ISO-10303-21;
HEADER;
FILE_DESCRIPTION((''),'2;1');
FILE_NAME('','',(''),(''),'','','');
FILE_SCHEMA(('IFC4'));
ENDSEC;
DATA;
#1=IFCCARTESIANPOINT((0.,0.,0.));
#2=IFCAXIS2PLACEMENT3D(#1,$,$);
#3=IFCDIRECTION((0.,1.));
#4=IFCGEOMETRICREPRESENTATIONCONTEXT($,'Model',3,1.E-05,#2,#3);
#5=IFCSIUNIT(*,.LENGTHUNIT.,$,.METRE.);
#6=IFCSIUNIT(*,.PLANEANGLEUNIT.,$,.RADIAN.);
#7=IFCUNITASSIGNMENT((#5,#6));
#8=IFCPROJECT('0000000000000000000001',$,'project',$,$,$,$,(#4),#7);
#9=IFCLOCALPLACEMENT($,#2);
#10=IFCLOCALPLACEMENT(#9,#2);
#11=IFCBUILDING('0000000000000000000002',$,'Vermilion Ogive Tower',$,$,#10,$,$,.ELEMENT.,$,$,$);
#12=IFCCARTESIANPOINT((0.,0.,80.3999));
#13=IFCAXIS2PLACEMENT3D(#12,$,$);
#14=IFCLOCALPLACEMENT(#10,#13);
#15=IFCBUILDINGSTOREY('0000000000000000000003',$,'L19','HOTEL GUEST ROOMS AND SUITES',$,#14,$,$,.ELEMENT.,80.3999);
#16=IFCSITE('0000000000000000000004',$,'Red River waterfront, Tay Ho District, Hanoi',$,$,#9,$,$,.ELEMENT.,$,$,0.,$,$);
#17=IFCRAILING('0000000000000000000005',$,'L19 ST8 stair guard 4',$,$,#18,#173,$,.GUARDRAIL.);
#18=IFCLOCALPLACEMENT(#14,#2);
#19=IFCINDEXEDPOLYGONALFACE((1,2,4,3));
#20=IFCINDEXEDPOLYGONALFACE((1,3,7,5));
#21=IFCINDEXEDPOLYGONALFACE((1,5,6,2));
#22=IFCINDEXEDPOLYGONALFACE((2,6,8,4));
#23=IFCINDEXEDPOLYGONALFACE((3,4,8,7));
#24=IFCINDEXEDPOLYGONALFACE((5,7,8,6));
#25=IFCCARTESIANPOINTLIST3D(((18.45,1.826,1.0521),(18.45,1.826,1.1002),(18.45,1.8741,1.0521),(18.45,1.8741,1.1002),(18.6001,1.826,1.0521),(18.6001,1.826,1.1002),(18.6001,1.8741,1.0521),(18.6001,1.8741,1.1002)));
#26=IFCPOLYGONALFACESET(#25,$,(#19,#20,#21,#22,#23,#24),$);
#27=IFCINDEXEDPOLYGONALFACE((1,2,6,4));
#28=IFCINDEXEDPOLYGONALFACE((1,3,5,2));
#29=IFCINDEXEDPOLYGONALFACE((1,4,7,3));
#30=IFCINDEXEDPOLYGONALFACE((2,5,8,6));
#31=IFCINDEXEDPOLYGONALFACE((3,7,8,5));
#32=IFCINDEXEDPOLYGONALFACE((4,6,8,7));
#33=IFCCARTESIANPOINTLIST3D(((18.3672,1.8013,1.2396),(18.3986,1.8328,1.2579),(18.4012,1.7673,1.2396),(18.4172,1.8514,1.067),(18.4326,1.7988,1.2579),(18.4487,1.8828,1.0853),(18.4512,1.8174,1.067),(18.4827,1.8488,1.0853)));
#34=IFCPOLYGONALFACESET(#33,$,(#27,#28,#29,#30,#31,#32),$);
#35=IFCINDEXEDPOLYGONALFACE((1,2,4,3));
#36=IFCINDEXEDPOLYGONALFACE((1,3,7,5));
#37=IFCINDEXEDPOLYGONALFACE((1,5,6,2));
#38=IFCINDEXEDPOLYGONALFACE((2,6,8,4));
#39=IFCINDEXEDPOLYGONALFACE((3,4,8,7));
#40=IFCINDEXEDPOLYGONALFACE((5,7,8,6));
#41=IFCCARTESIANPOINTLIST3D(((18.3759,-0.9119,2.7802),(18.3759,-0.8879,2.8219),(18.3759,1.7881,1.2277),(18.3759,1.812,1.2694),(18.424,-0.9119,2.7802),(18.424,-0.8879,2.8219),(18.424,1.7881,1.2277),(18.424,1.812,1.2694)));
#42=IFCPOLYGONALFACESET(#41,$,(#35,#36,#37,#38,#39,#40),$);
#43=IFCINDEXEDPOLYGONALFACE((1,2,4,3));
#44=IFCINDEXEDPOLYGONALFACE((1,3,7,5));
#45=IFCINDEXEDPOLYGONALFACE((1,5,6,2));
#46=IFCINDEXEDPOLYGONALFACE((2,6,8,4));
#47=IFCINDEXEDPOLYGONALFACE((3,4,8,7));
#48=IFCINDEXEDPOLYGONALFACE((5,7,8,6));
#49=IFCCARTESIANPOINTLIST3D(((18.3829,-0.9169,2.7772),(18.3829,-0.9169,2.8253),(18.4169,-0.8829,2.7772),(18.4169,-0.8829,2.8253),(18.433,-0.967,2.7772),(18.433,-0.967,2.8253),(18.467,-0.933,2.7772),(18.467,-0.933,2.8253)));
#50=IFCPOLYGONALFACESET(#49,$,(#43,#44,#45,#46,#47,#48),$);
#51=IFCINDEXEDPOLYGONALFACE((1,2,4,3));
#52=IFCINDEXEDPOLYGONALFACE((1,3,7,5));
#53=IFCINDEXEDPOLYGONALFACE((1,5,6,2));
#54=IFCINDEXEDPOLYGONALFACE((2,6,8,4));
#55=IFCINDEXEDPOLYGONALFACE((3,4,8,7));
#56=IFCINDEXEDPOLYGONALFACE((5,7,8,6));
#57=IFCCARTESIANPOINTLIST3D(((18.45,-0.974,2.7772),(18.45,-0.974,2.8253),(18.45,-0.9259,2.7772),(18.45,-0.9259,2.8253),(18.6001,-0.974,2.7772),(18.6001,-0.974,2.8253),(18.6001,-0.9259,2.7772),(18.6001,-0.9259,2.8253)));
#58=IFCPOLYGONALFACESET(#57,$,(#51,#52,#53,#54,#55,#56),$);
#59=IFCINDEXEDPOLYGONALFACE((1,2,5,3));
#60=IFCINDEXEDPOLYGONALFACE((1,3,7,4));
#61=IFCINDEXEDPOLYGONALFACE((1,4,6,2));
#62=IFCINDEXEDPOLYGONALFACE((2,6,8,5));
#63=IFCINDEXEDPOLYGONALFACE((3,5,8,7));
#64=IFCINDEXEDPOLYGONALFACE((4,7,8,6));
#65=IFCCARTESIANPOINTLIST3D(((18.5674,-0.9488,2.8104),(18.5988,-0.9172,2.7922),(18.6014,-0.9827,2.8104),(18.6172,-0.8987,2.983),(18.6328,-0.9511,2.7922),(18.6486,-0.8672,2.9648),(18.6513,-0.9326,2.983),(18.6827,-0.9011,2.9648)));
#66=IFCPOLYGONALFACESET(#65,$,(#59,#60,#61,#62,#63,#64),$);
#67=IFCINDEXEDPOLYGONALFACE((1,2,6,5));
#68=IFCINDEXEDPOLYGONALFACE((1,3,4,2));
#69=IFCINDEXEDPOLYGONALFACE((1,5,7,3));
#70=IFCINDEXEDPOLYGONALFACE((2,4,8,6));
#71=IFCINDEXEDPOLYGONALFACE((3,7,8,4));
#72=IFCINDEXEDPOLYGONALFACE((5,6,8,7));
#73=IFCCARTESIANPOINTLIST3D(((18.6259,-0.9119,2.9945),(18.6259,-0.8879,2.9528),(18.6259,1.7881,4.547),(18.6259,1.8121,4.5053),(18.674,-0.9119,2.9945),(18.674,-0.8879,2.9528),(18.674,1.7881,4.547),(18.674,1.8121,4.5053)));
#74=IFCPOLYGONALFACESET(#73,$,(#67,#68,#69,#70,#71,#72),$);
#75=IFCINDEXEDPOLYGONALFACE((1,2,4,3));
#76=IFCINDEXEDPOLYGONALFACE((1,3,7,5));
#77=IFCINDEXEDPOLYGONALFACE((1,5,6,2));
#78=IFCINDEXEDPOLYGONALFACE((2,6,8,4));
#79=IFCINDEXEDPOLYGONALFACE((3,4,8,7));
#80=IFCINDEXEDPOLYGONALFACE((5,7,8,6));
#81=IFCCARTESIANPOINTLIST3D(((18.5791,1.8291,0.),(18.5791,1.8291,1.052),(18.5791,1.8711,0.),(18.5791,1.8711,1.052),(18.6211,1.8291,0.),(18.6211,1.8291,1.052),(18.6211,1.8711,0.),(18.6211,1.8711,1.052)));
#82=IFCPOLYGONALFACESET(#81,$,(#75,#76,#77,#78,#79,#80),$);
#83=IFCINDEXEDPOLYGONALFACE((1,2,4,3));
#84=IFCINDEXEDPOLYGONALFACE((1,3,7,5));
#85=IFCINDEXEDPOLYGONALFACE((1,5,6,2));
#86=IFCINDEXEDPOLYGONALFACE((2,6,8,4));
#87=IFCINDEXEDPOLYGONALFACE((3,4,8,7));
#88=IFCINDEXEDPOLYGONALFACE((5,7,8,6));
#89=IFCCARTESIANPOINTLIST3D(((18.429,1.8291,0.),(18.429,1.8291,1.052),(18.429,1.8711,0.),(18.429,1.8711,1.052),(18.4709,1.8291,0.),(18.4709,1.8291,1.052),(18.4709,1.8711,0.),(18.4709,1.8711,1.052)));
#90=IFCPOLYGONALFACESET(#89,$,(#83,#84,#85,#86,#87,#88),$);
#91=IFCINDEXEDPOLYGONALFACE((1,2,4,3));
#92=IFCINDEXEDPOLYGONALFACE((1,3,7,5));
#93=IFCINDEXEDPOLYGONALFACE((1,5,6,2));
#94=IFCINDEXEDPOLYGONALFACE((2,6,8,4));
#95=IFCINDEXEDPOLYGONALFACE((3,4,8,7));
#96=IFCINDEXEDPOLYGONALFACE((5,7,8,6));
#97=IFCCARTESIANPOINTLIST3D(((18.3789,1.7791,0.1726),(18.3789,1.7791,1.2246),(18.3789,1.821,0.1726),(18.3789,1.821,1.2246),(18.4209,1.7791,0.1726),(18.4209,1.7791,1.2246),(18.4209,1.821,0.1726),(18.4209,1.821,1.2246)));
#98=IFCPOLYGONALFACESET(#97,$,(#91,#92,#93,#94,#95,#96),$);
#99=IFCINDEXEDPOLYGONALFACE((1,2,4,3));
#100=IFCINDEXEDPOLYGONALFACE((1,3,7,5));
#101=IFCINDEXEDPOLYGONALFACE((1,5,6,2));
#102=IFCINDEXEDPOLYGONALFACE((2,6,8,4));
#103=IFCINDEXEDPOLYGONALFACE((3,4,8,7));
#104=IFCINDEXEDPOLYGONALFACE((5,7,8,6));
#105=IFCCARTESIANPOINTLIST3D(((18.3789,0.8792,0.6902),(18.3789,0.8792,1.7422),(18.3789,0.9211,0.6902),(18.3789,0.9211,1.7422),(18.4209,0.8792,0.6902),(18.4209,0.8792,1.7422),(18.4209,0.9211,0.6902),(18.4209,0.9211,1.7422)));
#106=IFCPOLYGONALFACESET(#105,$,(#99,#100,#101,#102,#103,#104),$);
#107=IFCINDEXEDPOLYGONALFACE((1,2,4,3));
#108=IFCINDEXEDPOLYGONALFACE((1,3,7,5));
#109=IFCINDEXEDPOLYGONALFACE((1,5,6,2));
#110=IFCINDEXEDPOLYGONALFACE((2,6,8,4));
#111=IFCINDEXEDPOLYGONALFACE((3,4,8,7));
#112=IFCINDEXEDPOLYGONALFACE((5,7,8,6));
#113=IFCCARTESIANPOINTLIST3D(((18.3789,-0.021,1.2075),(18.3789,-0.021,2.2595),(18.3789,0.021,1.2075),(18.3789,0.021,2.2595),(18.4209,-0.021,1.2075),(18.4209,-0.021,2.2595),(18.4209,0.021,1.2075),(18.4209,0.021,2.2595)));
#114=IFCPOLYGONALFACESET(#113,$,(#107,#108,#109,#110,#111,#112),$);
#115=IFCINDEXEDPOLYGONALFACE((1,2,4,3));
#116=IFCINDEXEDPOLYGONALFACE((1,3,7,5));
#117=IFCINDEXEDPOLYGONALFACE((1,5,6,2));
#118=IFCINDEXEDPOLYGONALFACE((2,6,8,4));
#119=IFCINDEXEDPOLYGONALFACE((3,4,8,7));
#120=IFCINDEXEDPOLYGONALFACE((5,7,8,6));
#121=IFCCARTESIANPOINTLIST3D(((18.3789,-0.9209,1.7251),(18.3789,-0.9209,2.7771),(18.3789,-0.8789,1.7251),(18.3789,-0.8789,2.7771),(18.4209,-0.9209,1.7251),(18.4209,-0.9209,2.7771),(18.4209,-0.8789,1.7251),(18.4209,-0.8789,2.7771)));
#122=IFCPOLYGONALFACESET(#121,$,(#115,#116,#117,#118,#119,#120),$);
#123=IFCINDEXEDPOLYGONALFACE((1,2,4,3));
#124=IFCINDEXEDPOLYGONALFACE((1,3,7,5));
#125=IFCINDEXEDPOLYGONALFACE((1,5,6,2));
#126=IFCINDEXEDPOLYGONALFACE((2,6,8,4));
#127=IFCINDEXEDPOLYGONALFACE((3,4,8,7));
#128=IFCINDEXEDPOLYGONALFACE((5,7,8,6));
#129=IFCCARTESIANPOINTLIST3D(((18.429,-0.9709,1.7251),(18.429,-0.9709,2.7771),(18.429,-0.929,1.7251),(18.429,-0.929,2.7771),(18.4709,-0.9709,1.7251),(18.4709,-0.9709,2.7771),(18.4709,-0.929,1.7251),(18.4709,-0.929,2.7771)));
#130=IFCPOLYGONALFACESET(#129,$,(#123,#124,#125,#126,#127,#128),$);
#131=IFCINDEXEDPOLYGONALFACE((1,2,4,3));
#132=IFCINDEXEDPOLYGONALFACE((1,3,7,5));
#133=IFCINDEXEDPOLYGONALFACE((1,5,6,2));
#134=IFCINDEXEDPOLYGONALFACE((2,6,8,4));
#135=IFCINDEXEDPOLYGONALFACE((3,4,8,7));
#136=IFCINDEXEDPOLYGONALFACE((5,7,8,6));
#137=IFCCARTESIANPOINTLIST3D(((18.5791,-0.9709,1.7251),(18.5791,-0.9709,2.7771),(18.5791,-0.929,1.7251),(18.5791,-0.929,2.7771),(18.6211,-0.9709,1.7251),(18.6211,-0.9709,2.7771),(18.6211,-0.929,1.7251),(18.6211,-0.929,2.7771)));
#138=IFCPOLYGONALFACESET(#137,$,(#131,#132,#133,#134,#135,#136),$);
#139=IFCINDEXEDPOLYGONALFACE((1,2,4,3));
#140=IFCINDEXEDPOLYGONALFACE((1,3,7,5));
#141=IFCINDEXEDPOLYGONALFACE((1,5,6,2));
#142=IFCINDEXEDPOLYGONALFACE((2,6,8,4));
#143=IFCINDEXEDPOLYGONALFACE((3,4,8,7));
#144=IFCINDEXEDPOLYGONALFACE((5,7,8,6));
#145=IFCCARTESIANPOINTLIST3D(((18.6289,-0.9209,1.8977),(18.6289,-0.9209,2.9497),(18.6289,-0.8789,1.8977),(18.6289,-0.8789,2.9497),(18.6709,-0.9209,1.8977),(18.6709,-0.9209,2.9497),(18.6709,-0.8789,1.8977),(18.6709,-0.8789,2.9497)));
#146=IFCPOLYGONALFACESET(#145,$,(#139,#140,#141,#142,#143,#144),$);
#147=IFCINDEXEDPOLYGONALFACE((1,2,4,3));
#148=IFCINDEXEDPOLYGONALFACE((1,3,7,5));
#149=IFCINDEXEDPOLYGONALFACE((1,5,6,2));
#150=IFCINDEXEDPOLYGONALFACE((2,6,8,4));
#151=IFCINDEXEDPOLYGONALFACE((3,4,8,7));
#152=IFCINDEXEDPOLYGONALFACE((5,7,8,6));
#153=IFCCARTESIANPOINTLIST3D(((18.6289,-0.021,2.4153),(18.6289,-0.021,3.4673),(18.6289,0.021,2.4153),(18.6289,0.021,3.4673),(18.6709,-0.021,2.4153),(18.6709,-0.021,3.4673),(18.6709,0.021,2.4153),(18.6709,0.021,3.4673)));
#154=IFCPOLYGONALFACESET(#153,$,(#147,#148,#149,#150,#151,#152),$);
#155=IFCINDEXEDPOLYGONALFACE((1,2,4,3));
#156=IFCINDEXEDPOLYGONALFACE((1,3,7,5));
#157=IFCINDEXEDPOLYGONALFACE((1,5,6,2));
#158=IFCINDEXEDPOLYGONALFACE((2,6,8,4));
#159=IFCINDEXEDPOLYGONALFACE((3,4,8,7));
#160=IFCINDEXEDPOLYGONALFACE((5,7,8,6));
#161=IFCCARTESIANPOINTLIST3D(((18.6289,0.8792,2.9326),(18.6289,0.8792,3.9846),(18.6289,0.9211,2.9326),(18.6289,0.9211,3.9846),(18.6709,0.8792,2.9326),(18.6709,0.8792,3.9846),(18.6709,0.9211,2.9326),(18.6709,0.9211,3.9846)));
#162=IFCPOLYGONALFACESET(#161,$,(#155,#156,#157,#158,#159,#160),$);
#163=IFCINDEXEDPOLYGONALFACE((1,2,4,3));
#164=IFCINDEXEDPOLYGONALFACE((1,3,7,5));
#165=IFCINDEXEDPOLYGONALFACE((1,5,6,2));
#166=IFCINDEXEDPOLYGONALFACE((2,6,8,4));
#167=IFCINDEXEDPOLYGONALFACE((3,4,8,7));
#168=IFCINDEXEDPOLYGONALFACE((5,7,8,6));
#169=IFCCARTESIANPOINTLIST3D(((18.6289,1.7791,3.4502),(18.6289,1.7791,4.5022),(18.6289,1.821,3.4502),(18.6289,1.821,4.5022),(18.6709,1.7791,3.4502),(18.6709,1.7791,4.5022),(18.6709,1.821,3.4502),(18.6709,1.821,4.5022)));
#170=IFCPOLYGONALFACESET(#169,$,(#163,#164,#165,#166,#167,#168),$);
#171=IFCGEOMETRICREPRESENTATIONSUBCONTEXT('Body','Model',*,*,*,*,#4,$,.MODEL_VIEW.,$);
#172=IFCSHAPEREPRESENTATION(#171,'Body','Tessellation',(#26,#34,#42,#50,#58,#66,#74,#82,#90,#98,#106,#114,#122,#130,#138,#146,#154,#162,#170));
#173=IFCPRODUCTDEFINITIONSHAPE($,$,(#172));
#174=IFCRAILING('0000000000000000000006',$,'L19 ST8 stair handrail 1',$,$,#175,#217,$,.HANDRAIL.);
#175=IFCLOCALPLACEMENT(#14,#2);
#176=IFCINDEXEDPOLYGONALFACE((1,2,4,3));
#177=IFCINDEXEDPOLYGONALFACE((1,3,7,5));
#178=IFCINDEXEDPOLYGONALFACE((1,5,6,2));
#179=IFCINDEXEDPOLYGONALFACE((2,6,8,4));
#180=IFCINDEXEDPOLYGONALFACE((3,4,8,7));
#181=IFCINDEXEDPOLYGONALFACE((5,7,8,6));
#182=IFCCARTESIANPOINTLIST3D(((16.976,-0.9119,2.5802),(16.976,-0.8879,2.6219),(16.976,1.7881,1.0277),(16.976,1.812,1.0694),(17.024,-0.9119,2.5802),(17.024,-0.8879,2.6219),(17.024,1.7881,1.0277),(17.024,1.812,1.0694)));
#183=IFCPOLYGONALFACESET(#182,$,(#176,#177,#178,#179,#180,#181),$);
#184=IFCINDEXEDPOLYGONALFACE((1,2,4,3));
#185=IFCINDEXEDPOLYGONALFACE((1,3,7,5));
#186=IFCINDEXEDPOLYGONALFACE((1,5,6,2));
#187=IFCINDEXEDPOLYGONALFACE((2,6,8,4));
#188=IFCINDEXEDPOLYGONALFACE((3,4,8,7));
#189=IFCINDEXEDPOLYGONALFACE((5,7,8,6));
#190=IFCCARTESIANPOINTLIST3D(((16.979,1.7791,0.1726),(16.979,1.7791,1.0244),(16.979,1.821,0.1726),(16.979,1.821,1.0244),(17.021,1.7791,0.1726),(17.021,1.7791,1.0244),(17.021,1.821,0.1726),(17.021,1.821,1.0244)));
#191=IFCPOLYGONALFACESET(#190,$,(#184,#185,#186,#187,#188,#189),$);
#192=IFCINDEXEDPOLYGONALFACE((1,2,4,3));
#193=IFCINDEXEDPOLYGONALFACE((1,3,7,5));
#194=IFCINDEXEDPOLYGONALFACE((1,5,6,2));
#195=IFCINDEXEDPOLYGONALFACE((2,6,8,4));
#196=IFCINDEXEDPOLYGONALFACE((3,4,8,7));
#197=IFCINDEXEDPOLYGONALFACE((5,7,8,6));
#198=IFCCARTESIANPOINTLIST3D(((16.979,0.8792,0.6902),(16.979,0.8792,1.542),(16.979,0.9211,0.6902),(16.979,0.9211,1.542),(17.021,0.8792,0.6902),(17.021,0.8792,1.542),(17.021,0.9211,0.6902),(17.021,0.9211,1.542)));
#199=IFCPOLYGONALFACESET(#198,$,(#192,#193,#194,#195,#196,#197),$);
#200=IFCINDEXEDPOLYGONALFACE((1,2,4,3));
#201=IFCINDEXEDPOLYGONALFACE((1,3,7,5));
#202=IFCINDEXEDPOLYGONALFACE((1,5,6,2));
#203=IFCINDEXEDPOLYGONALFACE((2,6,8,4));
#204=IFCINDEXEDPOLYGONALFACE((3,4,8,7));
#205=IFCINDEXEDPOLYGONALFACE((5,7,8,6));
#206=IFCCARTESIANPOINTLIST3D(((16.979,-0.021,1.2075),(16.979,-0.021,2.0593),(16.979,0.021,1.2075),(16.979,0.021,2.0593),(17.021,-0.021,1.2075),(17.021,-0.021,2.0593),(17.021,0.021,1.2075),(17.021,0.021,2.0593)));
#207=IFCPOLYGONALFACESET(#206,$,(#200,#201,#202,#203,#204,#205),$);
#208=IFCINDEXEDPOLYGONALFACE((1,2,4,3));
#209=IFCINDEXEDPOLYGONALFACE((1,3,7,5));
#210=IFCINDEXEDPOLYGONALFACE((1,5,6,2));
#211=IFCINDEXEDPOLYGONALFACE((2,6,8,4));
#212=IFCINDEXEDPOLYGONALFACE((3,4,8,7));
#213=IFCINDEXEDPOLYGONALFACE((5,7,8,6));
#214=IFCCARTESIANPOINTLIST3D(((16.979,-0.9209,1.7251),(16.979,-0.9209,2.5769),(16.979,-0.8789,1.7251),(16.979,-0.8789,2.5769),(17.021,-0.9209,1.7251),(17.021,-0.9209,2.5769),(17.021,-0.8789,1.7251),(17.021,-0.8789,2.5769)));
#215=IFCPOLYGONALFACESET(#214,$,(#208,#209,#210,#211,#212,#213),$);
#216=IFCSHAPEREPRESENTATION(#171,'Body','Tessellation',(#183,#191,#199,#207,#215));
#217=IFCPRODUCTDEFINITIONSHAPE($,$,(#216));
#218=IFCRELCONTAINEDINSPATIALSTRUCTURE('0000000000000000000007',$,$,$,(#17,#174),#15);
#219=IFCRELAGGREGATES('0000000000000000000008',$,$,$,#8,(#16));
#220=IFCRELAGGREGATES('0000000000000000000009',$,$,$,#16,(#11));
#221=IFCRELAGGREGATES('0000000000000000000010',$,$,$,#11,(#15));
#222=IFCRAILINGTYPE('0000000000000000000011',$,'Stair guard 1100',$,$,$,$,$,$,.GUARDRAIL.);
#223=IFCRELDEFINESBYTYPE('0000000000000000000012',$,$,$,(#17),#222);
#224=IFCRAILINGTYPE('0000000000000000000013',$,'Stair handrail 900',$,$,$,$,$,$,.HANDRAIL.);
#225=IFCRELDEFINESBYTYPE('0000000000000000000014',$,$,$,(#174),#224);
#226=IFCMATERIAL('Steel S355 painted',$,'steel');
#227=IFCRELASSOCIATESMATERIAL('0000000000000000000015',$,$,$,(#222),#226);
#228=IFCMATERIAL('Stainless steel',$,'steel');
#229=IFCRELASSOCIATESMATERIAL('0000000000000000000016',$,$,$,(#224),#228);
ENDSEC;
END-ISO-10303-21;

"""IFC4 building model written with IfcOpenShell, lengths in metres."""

from ifc_helpers import new_model, si_unit, direction, frame, origin, origin_2d, place, context, subcontext, project, spatial, rectangle, extrude, material, type_object, element, save


model = new_model("IFC4")

# Units and contexts
model_context = context("Model", 3, precision=1e-05, world=origin(), true_north=direction((0.0, 1.0)))
body_context = subcontext(model_context, "Body", "Model", "MODEL_VIEW")
ifc_project = project(units=[si_unit("LENGTHUNIT", "METRE"), si_unit("PLANEANGLEUNIT", "RADIAN")], contexts=[model_context])

# Site, building, storey
site_placement = place(None, origin())
site = spatial("IfcSite", under=ifc_project, at=site_placement, Name="Red River waterfront, Tay Ho District, Hanoi", CompositionType="ELEMENT", RefElevation=0.0)
building_placement = place(site_placement, origin())
building = spatial("IfcBuilding", under=site, at=building_placement, Name="Vermilion Ogive Tower", CompositionType="ELEMENT")
storey_placement = place(building_placement, frame((0.0, 0.0, 80.3999)))
storey = spatial("IfcBuildingStorey", under=building, at=storey_placement, Name="L19", Description="HOTEL GUEST ROOMS AND SUITES", CompositionType="ELEMENT", Elevation=80.3999)

# Railings
ifc_material_1 = material(Name="Steel S355 painted", Category="steel")
railing_type_1 = type_object("IfcRailingType", Name="Stair guard 1100", PredefinedType="GUARDRAIL", material=ifc_material_1)
railing_1_placement = place(storey_placement, frame((18.6001, 1.8501, 0.0)))
element("IfcRailing", 1, at=railing_1_placement, inside=storey, type_object=railing_type_1, Name="L19 ST8 stair guard 4", PredefinedType="GUARDRAIL", context=body_context, shape_type="SweptSolid", body=[
    extrude(rectangle(XDim=0.0481, YDim=0.0481, at=origin_2d()), frame((0.0, 0.0, 1.0762), z_axis=(-1.0, 0.0, 0.0), x_axis=(0.0, -1.0, 0.0)), (0.0, 0.0, 1.0), 0.1501),
    extrude(rectangle(XDim=0.0481, YDim=0.0481, at=origin_2d()), frame((-0.1501, 0.0, 1.0762), z_axis=(-0.268278, -0.268278, 0.925232), x_axis=(0.707107, -0.707107, 0.0)), (0.0, 0.0, 1.0), 0.1865),
    extrude(rectangle(XDim=0.0481, YDim=0.0481, at=origin_2d()), frame((-0.2002, -0.05, 1.2485), z_axis=(0.0, -0.866904, 0.498476), x_axis=(1.0, 0.0, 0.0)), (0.0, 0.0, 1.0), 3.1145),
    extrude(rectangle(XDim=0.0481, YDim=0.0481, at=origin_2d()), frame((-0.2002, -2.75, 2.8013), z_axis=(0.707107, -0.707107, 0.0), x_axis=(0.707107, 0.707107, 0.0)), (0.0, 0.0, 1.0), 0.0708),
    extrude(rectangle(XDim=0.0481, YDim=0.0481, at=origin_2d()), frame((-0.1501, -2.8, 2.8013), z_axis=(1.0, 0.0, 0.0), x_axis=(0.0, 1.0, 0.0)), (0.0, 0.0, 1.0), 0.1501),
    extrude(rectangle(XDim=0.0481, YDim=0.0481, at=origin_2d()), frame((0.0, -2.8, 2.8013), z_axis=(0.267063, 0.268372, 0.925556), x_axis=(-0.708834, 0.705376, 0.0)), (0.0, 0.0, 1.0), 0.1865),
    extrude(rectangle(XDim=0.0481, YDim=0.0481, at=origin_2d()), frame((0.0498, -2.75, 2.9736), z_axis=(0.0, 0.866904, 0.498476), x_axis=(-1.0, 0.0, 0.0)), (0.0, 0.0, 1.0), 3.1145),
    extrude(rectangle(XDim=0.042, YDim=0.042, at=origin_2d()), origin(), (0.0, 0.0, 1.0), 1.052),
    extrude(rectangle(XDim=0.042, YDim=0.042, at=origin_2d()), frame((-0.1501, 0.0, 0.0)), (0.0, 0.0, 1.0), 1.052),
    extrude(rectangle(XDim=0.042, YDim=0.042, at=origin_2d()), frame((-0.2002, -0.05, 0.1726)), (0.0, 0.0, 1.0), 1.052),
    extrude(rectangle(XDim=0.042, YDim=0.042, at=origin_2d()), frame((-0.2002, -0.95, 0.6902)), (0.0, 0.0, 1.0), 1.052),
    extrude(rectangle(XDim=0.042, YDim=0.042, at=origin_2d()), frame((-0.2002, -1.8501, 1.2075)), (0.0, 0.0, 1.0), 1.052),
    extrude(rectangle(XDim=0.042, YDim=0.042, at=origin_2d()), frame((-0.2002, -2.75, 1.7251)), (0.0, 0.0, 1.0), 1.052),
    extrude(rectangle(XDim=0.042, YDim=0.042, at=origin_2d()), frame((-0.1501, -2.8, 1.7251)), (0.0, 0.0, 1.0), 1.052),
    extrude(rectangle(XDim=0.042, YDim=0.042, at=origin_2d()), frame((0.0, -2.8, 1.7251)), (0.0, 0.0, 1.0), 1.052),
    extrude(rectangle(XDim=0.042, YDim=0.042, at=origin_2d()), frame((0.0498, -2.75, 1.8977)), (0.0, 0.0, 1.0), 1.052),
    extrude(rectangle(XDim=0.042, YDim=0.042, at=origin_2d()), frame((0.0498, -1.8501, 2.4153)), (0.0, 0.0, 1.0), 1.052),
    extrude(rectangle(XDim=0.042, YDim=0.042, at=origin_2d()), frame((0.0498, -0.95, 2.9326)), (0.0, 0.0, 1.0), 1.052),
    extrude(rectangle(XDim=0.042, YDim=0.042, at=origin_2d()), frame((0.0498, -0.05, 3.4502)), (0.0, 0.0, 1.0), 1.052),
])
ifc_material_2 = material(Name="Stainless steel", Category="steel")
railing_type_2 = type_object("IfcRailingType", Name="Stair handrail 900", PredefinedType="HANDRAIL", material=ifc_material_2)
railing_2_placement = place(storey_placement, frame((17.0, 1.8, 0.1726)))
element("IfcRailing", 2, at=railing_2_placement, inside=storey, type_object=railing_type_2, Name="L19 ST8 stair handrail 1", PredefinedType="HANDRAIL", context=body_context, shape_type="SweptSolid", body=[
    extrude(rectangle(XDim=0.0481, YDim=0.0481, at=origin_2d()), frame((0.0, 0.0, 0.876), z_axis=(0.0, -0.866904, 0.498476), x_axis=(1.0, 0.0, 0.0)), (0.0, 0.0, 1.0), 3.1145),
    extrude(rectangle(XDim=0.042, YDim=0.042, at=origin_2d()), origin(), (0.0, 0.0, 1.0), 0.8518),
    extrude(rectangle(XDim=0.042, YDim=0.042, at=origin_2d()), frame((0.0, -0.8999, 0.5176)), (0.0, 0.0, 1.0), 0.8518),
    extrude(rectangle(XDim=0.042, YDim=0.042, at=origin_2d()), frame((0.0, -1.8, 1.0349)), (0.0, 0.0, 1.0), 0.8518),
    extrude(rectangle(XDim=0.042, YDim=0.042, at=origin_2d()), frame((0.0, -2.7, 1.5525)), (0.0, 0.0, 1.0), 0.8518),
])

save(model, "model.ifc")
